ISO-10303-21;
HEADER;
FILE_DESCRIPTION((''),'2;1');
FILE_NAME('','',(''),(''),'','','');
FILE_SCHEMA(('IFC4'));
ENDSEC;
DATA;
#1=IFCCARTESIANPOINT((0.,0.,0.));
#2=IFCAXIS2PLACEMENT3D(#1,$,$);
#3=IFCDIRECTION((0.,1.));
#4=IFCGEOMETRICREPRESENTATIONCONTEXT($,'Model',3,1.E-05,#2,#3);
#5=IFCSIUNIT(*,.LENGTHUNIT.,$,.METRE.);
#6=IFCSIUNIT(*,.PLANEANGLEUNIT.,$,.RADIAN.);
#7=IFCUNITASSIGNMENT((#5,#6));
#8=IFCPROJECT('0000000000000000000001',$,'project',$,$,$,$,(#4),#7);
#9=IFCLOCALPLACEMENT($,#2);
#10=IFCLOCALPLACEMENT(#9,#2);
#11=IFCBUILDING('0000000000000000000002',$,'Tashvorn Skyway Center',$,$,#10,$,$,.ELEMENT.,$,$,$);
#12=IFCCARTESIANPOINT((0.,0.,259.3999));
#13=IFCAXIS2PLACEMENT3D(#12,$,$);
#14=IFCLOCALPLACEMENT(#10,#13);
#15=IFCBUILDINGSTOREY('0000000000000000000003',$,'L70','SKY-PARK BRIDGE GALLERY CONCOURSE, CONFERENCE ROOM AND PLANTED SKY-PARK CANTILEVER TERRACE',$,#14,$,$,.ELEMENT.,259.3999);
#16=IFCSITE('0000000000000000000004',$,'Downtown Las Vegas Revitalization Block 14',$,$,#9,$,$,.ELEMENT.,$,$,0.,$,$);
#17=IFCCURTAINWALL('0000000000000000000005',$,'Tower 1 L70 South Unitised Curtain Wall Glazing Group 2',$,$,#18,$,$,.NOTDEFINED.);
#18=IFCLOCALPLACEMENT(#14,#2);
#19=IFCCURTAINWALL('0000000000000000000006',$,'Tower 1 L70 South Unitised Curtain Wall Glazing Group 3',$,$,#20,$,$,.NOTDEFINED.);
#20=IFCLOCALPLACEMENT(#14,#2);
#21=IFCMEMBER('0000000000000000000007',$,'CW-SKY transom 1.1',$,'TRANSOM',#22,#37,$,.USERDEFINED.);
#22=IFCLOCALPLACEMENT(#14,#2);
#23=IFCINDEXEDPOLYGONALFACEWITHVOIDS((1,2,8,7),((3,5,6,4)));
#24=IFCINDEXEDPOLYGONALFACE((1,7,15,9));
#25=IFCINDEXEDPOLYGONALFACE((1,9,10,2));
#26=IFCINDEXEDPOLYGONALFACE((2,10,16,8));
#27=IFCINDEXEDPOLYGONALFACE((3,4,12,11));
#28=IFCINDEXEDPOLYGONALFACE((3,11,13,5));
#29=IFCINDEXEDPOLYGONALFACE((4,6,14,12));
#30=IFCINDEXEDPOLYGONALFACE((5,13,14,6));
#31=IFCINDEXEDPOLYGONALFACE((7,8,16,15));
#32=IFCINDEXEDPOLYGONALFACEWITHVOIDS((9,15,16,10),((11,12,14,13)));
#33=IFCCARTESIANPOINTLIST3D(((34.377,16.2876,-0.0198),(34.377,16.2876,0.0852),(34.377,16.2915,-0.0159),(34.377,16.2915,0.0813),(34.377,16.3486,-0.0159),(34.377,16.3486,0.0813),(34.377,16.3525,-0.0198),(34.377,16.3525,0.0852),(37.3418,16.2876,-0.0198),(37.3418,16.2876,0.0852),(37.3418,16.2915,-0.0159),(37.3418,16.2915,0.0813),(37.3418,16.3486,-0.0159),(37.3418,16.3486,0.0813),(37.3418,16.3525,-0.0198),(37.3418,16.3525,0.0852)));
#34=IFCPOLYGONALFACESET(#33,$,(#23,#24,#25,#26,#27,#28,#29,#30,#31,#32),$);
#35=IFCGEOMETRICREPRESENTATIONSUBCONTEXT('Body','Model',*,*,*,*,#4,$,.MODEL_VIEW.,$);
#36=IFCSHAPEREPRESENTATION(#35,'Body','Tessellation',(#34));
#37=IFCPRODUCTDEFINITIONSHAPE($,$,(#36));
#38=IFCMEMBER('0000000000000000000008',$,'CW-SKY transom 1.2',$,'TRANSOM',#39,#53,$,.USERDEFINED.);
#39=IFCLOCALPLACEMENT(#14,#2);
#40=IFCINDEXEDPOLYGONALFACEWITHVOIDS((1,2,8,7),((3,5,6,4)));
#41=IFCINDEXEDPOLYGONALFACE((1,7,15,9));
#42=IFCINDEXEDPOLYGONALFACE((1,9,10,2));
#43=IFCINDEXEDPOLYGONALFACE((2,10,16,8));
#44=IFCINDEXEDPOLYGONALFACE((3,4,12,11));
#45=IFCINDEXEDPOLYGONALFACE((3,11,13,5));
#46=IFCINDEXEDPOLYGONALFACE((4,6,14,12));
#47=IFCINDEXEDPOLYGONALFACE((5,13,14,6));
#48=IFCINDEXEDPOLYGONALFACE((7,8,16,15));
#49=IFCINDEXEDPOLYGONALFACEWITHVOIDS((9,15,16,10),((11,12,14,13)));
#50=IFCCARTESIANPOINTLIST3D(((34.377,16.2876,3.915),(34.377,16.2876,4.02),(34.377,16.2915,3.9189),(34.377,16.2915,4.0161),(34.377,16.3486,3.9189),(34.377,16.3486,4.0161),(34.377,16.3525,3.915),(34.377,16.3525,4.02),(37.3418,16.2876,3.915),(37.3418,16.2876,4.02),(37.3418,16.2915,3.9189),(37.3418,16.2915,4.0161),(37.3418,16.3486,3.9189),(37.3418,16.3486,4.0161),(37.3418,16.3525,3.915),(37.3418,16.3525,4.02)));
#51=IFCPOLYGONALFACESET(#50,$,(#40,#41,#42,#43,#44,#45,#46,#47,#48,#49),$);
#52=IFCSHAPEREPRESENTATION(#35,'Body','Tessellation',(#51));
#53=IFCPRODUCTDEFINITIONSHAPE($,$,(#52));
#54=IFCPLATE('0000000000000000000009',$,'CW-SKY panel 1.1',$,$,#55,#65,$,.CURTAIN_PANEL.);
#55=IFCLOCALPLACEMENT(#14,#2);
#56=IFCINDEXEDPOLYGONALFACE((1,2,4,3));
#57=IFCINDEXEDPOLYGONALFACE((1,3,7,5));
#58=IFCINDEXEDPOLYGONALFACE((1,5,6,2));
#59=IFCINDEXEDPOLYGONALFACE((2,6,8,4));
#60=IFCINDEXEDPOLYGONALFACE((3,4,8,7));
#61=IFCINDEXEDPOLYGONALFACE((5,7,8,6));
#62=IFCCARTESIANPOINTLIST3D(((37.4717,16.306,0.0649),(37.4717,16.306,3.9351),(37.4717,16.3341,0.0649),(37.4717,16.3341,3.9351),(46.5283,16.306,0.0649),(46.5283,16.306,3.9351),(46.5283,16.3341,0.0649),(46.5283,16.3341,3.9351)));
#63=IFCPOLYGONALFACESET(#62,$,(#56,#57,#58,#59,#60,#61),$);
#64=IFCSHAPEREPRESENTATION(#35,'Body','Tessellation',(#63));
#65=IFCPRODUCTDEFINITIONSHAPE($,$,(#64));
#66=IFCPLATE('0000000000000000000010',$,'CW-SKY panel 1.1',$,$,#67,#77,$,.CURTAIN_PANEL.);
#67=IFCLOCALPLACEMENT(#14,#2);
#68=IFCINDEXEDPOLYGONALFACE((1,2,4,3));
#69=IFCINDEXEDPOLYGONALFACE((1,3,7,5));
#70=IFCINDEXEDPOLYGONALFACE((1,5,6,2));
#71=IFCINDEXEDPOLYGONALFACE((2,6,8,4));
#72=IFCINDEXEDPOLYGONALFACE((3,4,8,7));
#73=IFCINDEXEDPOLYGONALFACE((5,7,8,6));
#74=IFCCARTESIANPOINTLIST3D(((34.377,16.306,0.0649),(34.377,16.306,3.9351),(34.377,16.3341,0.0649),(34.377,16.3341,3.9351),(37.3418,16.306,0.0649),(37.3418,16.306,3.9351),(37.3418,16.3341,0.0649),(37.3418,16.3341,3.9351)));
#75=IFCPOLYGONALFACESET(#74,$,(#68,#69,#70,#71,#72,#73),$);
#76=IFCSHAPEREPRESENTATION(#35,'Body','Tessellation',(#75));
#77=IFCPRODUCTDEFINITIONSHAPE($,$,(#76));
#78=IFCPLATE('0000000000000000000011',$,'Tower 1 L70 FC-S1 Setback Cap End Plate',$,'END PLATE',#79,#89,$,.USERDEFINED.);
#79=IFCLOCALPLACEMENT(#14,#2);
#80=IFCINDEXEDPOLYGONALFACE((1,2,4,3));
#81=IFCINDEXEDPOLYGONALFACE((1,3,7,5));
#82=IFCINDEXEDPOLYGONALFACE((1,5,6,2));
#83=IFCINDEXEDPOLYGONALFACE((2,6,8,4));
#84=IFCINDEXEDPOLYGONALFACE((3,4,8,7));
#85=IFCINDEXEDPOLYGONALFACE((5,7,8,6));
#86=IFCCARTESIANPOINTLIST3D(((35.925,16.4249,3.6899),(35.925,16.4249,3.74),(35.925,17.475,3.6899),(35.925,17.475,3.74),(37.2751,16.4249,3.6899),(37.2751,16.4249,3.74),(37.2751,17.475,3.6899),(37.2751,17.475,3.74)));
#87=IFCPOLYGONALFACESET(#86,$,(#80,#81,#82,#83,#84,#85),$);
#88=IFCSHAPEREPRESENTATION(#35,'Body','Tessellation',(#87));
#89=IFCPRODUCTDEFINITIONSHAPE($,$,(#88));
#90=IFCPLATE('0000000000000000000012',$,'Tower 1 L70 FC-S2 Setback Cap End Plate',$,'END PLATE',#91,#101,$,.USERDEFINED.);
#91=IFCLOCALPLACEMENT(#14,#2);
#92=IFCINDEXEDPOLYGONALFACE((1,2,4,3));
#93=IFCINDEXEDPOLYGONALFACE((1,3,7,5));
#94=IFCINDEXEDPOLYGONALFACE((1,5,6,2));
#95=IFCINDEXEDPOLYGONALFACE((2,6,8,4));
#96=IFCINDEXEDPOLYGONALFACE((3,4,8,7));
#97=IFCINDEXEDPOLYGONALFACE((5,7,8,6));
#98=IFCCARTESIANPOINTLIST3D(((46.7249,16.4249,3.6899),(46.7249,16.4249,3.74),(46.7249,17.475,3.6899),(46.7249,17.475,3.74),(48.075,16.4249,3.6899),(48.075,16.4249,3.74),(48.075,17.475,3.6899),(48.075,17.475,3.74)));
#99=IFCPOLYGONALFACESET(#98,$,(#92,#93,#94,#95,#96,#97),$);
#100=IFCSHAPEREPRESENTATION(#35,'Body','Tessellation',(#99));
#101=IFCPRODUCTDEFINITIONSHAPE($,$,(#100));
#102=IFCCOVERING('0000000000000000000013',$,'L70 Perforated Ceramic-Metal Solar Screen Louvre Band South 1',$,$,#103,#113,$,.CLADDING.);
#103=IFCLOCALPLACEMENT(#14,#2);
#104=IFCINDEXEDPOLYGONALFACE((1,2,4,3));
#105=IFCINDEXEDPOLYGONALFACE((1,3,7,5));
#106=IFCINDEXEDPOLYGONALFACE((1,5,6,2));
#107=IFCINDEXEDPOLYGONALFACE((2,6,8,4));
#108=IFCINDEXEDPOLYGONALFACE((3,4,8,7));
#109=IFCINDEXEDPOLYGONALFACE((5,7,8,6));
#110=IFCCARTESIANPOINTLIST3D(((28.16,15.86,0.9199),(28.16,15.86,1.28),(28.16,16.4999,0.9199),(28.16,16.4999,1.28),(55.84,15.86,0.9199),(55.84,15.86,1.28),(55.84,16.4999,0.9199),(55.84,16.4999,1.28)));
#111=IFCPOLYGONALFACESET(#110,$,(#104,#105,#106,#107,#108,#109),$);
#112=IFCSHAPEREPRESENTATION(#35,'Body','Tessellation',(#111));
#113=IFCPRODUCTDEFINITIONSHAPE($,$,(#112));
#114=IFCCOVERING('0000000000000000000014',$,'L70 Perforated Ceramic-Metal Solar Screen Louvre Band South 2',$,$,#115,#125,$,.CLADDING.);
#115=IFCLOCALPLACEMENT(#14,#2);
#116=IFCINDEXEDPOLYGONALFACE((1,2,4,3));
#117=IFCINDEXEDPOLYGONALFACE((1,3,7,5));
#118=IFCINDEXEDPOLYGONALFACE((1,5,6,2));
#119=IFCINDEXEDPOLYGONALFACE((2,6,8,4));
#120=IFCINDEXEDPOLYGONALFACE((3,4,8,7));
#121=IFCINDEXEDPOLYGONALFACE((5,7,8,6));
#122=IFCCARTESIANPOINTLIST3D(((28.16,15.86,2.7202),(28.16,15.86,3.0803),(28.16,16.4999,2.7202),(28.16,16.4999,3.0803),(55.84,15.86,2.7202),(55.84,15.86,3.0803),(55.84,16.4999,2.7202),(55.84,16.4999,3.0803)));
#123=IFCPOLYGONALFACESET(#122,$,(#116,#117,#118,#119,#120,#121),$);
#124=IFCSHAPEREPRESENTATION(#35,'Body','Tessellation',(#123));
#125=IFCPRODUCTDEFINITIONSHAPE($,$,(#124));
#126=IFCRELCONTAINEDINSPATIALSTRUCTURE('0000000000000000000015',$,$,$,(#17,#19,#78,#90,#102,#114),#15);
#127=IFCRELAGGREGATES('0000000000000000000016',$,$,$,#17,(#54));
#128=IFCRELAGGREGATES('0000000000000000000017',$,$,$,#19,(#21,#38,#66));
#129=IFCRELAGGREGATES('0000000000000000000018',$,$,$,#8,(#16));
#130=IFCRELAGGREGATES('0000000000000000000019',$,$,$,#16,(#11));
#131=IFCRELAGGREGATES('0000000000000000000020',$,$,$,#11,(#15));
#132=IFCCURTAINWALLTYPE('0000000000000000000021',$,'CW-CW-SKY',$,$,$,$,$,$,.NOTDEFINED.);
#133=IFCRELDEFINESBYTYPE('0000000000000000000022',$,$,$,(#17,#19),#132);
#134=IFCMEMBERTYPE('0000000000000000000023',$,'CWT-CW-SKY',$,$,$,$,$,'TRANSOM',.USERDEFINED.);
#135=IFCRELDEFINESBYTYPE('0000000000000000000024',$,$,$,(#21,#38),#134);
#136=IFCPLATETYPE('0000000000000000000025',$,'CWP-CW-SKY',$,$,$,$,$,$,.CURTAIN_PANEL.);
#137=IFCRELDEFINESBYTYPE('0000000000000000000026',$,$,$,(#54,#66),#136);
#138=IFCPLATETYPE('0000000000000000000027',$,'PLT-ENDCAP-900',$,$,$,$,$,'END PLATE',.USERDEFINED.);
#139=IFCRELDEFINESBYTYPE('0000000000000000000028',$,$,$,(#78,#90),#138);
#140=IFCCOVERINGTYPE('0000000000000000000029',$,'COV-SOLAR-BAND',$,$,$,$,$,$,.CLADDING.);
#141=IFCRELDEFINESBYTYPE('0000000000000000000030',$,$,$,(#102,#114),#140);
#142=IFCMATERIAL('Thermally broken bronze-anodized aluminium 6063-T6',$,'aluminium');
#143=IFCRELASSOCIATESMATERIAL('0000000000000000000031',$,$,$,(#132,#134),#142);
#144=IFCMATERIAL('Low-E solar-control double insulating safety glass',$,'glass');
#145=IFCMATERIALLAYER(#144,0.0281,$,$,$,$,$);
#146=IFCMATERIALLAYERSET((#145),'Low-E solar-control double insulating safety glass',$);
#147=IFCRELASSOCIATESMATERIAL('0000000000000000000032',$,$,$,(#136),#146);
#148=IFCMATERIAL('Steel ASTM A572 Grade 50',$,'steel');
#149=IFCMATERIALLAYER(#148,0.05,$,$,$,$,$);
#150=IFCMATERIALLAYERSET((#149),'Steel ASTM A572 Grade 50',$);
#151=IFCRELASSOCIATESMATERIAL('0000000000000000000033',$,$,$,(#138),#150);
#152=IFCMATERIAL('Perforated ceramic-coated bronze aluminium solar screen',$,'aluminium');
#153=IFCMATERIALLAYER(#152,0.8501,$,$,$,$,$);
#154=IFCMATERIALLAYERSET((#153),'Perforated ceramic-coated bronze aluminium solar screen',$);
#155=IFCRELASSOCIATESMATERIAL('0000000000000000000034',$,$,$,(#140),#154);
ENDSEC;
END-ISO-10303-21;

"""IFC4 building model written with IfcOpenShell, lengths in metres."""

from ifc_helpers import new_model, si_unit, direction, frame, origin, origin_2d, place, context, subcontext, project, spatial, rectangle, hollow_rectangle, extrude, material, layer, layer_set, material_profile, profile_set, type_object, element, aggregate, save


model = new_model("IFC4")

# Units and contexts
model_context = context("Model", 3, precision=1e-05, world=origin(), true_north=direction((0.0, 1.0)))
body_context = subcontext(model_context, "Body", "Model", "MODEL_VIEW")
ifc_project = project(units=[si_unit("LENGTHUNIT", "METRE"), si_unit("PLANEANGLEUNIT", "RADIAN")], contexts=[model_context])

# Site, building, storey
site_placement = place(None, origin())
site = spatial("IfcSite", under=ifc_project, at=site_placement, Name="Downtown Las Vegas Revitalization Block 14", CompositionType="ELEMENT", RefElevation=0.0)
building_placement = place(site_placement, origin())
building = spatial("IfcBuilding", under=site, at=building_placement, Name="Tashvorn Skyway Center", CompositionType="ELEMENT")
storey_placement = place(building_placement, frame((0.0, 0.0, 259.3999)))
storey = spatial("IfcBuildingStorey", under=building, at=storey_placement, Name="L70", Description="SKY-PARK BRIDGE GALLERY CONCOURSE, CONFERENCE ROOM AND PLANTED SKY-PARK CANTILEVER TERRACE", CompositionType="ELEMENT", Elevation=259.3999)

# Shared definitions
ifc_material_1 = material(Name="Steel ASTM A572 Grade 50", Category="steel")

# Shared definitions
ifc_material_2 = material(Name="Thermally broken bronze-anodized aluminium 6063-T6", Category="aluminium")
curtain_wall_type = type_object("IfcCurtainWallType", Name="CW-CW-SKY", PredefinedType="NOTDEFINED", material=ifc_material_2)

# Curtain wall
curtain_wall_1_placement = place(storey_placement, origin())
curtain_wall_1 = element("IfcCurtainWall", 1, at=curtain_wall_1_placement, inside=storey, type_object=curtain_wall_type, Name="Tower 1 L70 South Unitised Curtain Wall Glazing Group 2", PredefinedType="NOTDEFINED")

# Curtain wall
curtain_wall_2_placement = place(storey_placement, origin())
curtain_wall_2 = element("IfcCurtainWall", 2, at=curtain_wall_2_placement, inside=storey, type_object=curtain_wall_type, Name="Tower 1 L70 South Unitised Curtain Wall Glazing Group 3", PredefinedType="NOTDEFINED")

# Members
ifc_material_profile_1 = material_profile(ifc_material_2, hollow_rectangle(XDim=0.0649, YDim=0.105, WallThickness=0.0039, at=origin_2d()), Name="ALU-TRAN-65x105")
ifc_profile_set_1 = profile_set([ifc_material_profile_1], Name="Thermally broken bronze-anodized aluminium 6063-T6")
member_type_1 = type_object("IfcMemberType", Name="CWT-CW-SKY", ElementType="TRANSOM", PredefinedType="USERDEFINED", material=ifc_profile_set_1)
member_1_placement = place(storey_placement, frame((37.3418, 16.3201, 0.0327), z_axis=(-1.0, 0.0, 0.0), x_axis=(0.0, -1.0, 0.0)))
member_1 = element("IfcMember", 3, at=member_1_placement, type_object=member_type_1, Name="CW-SKY transom 1.1", ObjectType="TRANSOM", PredefinedType="USERDEFINED", context=body_context, shape_type="SweptSolid", body=[
    extrude(hollow_rectangle(XDim=0.0649, YDim=0.105, WallThickness=0.0039, at=origin_2d()), origin(), (0.0, 0.0, 1.0), 2.9648),
])
member_2_placement = place(storey_placement, frame((37.3418, 16.3201, 3.9675), z_axis=(-1.0, 0.0, 0.0), x_axis=(0.0, -1.0, 0.0)))
member_2 = element("IfcMember", 4, at=member_2_placement, type_object=member_type_1, Name="CW-SKY transom 1.2", ObjectType="TRANSOM", PredefinedType="USERDEFINED", context=body_context, shape_type="SweptSolid", body=[
    extrude(hollow_rectangle(XDim=0.0649, YDim=0.105, WallThickness=0.0039, at=origin_2d()), origin(), (0.0, 0.0, 1.0), 2.9648),
])

# Plates
ifc_material_3 = material(Name="Low-E solar-control double insulating safety glass", Category="glass")
ifc_layer_1 = layer(ifc_material_3, 0.0281)
ifc_layer_set_1 = layer_set([ifc_layer_1], Name="Low-E solar-control double insulating safety glass")
plate_type_1 = type_object("IfcPlateType", Name="CWP-CW-SKY", PredefinedType="CURTAIN_PANEL", material=ifc_layer_set_1)
plate_1_placement = place(storey_placement, frame((42.0, 16.3201, 0.0649), z_axis=(0.0, 0.0, 1.0), x_axis=(-1.0, 0.0, 0.0)))
plate_1 = element("IfcPlate", 5, at=plate_1_placement, type_object=plate_type_1, Name="CW-SKY panel 1.1", PredefinedType="CURTAIN_PANEL", context=body_context, shape_type="SweptSolid", body=[
    extrude(rectangle(XDim=9.0566, YDim=0.0281, at=origin_2d()), origin(), (0.0, 0.0, 1.0), 3.8701),
])
aggregate(curtain_wall_1, [plate_1])
plate_2_placement = place(storey_placement, frame((35.8594, 16.3201, 0.0649), z_axis=(0.0, 0.0, 1.0), x_axis=(-1.0, 0.0, 0.0)))
plate_2 = element("IfcPlate", 6, at=plate_2_placement, type_object=plate_type_1, Name="CW-SKY panel 1.1", PredefinedType="CURTAIN_PANEL", context=body_context, shape_type="SweptSolid", body=[
    extrude(rectangle(XDim=2.9648, YDim=0.0281, at=origin_2d()), origin(), (0.0, 0.0, 1.0), 3.8701),
])
aggregate(curtain_wall_2, [member_1, member_2, plate_2])

# Plates
ifc_layer_2 = layer(ifc_material_1, 0.05)
ifc_layer_set_2 = layer_set([ifc_layer_2], Name="Steel ASTM A572 Grade 50")
plate_type_2 = type_object("IfcPlateType", Name="PLT-ENDCAP-900", ElementType="END PLATE", PredefinedType="USERDEFINED", material=ifc_layer_set_2)
for number, where, z_axis, x_axis, name in (
    (7, (36.6001, 16.95, 3.6899), (0.0, 0.0, 1.0), (1.0, 0.0, 0.0), "Tower 1 L70 FC-S1 Setback Cap End Plate"),
    (8, (47.3999, 16.95, 3.6899), (0.0, 0.0, 1.0), (1.0, 0.0, 0.0), "Tower 1 L70 FC-S2 Setback Cap End Plate"),
):
    element("IfcPlate", number, at=place(storey_placement, frame(where, z_axis=z_axis, x_axis=x_axis)), inside=storey, type_object=plate_type_2, Name=name, ObjectType="END PLATE", PredefinedType="USERDEFINED", context=body_context, shape_type="SweptSolid", body=[
        extrude(rectangle(XDim=1.3501, YDim=1.05, at=origin_2d()), origin(), (0.0, 0.0, 1.0), 0.05),
    ])

# Coverings
ifc_material_4 = material(Name="Perforated ceramic-coated bronze aluminium solar screen", Category="aluminium")
ifc_layer_3 = layer(ifc_material_4, 0.8501)
ifc_layer_set_3 = layer_set([ifc_layer_3], Name="Perforated ceramic-coated bronze aluminium solar screen")
covering_type = type_object("IfcCoveringType", Name="COV-SOLAR-BAND", PredefinedType="CLADDING", material=ifc_layer_set_3)
for number, where, z_axis, x_axis, name in (
    (9, (42.0, 16.1799, 0.9199), (0.0, 0.0, 1.0), (-1.0, 0.0, 0.0), "L70 Perforated Ceramic-Metal Solar Screen Louvre Band South 1"),
    (10, (42.0, 16.1799, 2.7202), (0.0, 0.0, 1.0), (-1.0, 0.0, 0.0), "L70 Perforated Ceramic-Metal Solar Screen Louvre Band South 2"),
):
    element("IfcCovering", number, at=place(storey_placement, frame(where, z_axis=z_axis, x_axis=x_axis)), inside=storey, type_object=covering_type, Name=name, PredefinedType="CLADDING", context=body_context, shape_type="SweptSolid", body=[
        extrude(rectangle(XDim=27.6799, YDim=0.6399, at=origin_2d()), origin(), (0.0, 0.0, 1.0), 0.3601),
    ])

save(model, "model.ifc")
